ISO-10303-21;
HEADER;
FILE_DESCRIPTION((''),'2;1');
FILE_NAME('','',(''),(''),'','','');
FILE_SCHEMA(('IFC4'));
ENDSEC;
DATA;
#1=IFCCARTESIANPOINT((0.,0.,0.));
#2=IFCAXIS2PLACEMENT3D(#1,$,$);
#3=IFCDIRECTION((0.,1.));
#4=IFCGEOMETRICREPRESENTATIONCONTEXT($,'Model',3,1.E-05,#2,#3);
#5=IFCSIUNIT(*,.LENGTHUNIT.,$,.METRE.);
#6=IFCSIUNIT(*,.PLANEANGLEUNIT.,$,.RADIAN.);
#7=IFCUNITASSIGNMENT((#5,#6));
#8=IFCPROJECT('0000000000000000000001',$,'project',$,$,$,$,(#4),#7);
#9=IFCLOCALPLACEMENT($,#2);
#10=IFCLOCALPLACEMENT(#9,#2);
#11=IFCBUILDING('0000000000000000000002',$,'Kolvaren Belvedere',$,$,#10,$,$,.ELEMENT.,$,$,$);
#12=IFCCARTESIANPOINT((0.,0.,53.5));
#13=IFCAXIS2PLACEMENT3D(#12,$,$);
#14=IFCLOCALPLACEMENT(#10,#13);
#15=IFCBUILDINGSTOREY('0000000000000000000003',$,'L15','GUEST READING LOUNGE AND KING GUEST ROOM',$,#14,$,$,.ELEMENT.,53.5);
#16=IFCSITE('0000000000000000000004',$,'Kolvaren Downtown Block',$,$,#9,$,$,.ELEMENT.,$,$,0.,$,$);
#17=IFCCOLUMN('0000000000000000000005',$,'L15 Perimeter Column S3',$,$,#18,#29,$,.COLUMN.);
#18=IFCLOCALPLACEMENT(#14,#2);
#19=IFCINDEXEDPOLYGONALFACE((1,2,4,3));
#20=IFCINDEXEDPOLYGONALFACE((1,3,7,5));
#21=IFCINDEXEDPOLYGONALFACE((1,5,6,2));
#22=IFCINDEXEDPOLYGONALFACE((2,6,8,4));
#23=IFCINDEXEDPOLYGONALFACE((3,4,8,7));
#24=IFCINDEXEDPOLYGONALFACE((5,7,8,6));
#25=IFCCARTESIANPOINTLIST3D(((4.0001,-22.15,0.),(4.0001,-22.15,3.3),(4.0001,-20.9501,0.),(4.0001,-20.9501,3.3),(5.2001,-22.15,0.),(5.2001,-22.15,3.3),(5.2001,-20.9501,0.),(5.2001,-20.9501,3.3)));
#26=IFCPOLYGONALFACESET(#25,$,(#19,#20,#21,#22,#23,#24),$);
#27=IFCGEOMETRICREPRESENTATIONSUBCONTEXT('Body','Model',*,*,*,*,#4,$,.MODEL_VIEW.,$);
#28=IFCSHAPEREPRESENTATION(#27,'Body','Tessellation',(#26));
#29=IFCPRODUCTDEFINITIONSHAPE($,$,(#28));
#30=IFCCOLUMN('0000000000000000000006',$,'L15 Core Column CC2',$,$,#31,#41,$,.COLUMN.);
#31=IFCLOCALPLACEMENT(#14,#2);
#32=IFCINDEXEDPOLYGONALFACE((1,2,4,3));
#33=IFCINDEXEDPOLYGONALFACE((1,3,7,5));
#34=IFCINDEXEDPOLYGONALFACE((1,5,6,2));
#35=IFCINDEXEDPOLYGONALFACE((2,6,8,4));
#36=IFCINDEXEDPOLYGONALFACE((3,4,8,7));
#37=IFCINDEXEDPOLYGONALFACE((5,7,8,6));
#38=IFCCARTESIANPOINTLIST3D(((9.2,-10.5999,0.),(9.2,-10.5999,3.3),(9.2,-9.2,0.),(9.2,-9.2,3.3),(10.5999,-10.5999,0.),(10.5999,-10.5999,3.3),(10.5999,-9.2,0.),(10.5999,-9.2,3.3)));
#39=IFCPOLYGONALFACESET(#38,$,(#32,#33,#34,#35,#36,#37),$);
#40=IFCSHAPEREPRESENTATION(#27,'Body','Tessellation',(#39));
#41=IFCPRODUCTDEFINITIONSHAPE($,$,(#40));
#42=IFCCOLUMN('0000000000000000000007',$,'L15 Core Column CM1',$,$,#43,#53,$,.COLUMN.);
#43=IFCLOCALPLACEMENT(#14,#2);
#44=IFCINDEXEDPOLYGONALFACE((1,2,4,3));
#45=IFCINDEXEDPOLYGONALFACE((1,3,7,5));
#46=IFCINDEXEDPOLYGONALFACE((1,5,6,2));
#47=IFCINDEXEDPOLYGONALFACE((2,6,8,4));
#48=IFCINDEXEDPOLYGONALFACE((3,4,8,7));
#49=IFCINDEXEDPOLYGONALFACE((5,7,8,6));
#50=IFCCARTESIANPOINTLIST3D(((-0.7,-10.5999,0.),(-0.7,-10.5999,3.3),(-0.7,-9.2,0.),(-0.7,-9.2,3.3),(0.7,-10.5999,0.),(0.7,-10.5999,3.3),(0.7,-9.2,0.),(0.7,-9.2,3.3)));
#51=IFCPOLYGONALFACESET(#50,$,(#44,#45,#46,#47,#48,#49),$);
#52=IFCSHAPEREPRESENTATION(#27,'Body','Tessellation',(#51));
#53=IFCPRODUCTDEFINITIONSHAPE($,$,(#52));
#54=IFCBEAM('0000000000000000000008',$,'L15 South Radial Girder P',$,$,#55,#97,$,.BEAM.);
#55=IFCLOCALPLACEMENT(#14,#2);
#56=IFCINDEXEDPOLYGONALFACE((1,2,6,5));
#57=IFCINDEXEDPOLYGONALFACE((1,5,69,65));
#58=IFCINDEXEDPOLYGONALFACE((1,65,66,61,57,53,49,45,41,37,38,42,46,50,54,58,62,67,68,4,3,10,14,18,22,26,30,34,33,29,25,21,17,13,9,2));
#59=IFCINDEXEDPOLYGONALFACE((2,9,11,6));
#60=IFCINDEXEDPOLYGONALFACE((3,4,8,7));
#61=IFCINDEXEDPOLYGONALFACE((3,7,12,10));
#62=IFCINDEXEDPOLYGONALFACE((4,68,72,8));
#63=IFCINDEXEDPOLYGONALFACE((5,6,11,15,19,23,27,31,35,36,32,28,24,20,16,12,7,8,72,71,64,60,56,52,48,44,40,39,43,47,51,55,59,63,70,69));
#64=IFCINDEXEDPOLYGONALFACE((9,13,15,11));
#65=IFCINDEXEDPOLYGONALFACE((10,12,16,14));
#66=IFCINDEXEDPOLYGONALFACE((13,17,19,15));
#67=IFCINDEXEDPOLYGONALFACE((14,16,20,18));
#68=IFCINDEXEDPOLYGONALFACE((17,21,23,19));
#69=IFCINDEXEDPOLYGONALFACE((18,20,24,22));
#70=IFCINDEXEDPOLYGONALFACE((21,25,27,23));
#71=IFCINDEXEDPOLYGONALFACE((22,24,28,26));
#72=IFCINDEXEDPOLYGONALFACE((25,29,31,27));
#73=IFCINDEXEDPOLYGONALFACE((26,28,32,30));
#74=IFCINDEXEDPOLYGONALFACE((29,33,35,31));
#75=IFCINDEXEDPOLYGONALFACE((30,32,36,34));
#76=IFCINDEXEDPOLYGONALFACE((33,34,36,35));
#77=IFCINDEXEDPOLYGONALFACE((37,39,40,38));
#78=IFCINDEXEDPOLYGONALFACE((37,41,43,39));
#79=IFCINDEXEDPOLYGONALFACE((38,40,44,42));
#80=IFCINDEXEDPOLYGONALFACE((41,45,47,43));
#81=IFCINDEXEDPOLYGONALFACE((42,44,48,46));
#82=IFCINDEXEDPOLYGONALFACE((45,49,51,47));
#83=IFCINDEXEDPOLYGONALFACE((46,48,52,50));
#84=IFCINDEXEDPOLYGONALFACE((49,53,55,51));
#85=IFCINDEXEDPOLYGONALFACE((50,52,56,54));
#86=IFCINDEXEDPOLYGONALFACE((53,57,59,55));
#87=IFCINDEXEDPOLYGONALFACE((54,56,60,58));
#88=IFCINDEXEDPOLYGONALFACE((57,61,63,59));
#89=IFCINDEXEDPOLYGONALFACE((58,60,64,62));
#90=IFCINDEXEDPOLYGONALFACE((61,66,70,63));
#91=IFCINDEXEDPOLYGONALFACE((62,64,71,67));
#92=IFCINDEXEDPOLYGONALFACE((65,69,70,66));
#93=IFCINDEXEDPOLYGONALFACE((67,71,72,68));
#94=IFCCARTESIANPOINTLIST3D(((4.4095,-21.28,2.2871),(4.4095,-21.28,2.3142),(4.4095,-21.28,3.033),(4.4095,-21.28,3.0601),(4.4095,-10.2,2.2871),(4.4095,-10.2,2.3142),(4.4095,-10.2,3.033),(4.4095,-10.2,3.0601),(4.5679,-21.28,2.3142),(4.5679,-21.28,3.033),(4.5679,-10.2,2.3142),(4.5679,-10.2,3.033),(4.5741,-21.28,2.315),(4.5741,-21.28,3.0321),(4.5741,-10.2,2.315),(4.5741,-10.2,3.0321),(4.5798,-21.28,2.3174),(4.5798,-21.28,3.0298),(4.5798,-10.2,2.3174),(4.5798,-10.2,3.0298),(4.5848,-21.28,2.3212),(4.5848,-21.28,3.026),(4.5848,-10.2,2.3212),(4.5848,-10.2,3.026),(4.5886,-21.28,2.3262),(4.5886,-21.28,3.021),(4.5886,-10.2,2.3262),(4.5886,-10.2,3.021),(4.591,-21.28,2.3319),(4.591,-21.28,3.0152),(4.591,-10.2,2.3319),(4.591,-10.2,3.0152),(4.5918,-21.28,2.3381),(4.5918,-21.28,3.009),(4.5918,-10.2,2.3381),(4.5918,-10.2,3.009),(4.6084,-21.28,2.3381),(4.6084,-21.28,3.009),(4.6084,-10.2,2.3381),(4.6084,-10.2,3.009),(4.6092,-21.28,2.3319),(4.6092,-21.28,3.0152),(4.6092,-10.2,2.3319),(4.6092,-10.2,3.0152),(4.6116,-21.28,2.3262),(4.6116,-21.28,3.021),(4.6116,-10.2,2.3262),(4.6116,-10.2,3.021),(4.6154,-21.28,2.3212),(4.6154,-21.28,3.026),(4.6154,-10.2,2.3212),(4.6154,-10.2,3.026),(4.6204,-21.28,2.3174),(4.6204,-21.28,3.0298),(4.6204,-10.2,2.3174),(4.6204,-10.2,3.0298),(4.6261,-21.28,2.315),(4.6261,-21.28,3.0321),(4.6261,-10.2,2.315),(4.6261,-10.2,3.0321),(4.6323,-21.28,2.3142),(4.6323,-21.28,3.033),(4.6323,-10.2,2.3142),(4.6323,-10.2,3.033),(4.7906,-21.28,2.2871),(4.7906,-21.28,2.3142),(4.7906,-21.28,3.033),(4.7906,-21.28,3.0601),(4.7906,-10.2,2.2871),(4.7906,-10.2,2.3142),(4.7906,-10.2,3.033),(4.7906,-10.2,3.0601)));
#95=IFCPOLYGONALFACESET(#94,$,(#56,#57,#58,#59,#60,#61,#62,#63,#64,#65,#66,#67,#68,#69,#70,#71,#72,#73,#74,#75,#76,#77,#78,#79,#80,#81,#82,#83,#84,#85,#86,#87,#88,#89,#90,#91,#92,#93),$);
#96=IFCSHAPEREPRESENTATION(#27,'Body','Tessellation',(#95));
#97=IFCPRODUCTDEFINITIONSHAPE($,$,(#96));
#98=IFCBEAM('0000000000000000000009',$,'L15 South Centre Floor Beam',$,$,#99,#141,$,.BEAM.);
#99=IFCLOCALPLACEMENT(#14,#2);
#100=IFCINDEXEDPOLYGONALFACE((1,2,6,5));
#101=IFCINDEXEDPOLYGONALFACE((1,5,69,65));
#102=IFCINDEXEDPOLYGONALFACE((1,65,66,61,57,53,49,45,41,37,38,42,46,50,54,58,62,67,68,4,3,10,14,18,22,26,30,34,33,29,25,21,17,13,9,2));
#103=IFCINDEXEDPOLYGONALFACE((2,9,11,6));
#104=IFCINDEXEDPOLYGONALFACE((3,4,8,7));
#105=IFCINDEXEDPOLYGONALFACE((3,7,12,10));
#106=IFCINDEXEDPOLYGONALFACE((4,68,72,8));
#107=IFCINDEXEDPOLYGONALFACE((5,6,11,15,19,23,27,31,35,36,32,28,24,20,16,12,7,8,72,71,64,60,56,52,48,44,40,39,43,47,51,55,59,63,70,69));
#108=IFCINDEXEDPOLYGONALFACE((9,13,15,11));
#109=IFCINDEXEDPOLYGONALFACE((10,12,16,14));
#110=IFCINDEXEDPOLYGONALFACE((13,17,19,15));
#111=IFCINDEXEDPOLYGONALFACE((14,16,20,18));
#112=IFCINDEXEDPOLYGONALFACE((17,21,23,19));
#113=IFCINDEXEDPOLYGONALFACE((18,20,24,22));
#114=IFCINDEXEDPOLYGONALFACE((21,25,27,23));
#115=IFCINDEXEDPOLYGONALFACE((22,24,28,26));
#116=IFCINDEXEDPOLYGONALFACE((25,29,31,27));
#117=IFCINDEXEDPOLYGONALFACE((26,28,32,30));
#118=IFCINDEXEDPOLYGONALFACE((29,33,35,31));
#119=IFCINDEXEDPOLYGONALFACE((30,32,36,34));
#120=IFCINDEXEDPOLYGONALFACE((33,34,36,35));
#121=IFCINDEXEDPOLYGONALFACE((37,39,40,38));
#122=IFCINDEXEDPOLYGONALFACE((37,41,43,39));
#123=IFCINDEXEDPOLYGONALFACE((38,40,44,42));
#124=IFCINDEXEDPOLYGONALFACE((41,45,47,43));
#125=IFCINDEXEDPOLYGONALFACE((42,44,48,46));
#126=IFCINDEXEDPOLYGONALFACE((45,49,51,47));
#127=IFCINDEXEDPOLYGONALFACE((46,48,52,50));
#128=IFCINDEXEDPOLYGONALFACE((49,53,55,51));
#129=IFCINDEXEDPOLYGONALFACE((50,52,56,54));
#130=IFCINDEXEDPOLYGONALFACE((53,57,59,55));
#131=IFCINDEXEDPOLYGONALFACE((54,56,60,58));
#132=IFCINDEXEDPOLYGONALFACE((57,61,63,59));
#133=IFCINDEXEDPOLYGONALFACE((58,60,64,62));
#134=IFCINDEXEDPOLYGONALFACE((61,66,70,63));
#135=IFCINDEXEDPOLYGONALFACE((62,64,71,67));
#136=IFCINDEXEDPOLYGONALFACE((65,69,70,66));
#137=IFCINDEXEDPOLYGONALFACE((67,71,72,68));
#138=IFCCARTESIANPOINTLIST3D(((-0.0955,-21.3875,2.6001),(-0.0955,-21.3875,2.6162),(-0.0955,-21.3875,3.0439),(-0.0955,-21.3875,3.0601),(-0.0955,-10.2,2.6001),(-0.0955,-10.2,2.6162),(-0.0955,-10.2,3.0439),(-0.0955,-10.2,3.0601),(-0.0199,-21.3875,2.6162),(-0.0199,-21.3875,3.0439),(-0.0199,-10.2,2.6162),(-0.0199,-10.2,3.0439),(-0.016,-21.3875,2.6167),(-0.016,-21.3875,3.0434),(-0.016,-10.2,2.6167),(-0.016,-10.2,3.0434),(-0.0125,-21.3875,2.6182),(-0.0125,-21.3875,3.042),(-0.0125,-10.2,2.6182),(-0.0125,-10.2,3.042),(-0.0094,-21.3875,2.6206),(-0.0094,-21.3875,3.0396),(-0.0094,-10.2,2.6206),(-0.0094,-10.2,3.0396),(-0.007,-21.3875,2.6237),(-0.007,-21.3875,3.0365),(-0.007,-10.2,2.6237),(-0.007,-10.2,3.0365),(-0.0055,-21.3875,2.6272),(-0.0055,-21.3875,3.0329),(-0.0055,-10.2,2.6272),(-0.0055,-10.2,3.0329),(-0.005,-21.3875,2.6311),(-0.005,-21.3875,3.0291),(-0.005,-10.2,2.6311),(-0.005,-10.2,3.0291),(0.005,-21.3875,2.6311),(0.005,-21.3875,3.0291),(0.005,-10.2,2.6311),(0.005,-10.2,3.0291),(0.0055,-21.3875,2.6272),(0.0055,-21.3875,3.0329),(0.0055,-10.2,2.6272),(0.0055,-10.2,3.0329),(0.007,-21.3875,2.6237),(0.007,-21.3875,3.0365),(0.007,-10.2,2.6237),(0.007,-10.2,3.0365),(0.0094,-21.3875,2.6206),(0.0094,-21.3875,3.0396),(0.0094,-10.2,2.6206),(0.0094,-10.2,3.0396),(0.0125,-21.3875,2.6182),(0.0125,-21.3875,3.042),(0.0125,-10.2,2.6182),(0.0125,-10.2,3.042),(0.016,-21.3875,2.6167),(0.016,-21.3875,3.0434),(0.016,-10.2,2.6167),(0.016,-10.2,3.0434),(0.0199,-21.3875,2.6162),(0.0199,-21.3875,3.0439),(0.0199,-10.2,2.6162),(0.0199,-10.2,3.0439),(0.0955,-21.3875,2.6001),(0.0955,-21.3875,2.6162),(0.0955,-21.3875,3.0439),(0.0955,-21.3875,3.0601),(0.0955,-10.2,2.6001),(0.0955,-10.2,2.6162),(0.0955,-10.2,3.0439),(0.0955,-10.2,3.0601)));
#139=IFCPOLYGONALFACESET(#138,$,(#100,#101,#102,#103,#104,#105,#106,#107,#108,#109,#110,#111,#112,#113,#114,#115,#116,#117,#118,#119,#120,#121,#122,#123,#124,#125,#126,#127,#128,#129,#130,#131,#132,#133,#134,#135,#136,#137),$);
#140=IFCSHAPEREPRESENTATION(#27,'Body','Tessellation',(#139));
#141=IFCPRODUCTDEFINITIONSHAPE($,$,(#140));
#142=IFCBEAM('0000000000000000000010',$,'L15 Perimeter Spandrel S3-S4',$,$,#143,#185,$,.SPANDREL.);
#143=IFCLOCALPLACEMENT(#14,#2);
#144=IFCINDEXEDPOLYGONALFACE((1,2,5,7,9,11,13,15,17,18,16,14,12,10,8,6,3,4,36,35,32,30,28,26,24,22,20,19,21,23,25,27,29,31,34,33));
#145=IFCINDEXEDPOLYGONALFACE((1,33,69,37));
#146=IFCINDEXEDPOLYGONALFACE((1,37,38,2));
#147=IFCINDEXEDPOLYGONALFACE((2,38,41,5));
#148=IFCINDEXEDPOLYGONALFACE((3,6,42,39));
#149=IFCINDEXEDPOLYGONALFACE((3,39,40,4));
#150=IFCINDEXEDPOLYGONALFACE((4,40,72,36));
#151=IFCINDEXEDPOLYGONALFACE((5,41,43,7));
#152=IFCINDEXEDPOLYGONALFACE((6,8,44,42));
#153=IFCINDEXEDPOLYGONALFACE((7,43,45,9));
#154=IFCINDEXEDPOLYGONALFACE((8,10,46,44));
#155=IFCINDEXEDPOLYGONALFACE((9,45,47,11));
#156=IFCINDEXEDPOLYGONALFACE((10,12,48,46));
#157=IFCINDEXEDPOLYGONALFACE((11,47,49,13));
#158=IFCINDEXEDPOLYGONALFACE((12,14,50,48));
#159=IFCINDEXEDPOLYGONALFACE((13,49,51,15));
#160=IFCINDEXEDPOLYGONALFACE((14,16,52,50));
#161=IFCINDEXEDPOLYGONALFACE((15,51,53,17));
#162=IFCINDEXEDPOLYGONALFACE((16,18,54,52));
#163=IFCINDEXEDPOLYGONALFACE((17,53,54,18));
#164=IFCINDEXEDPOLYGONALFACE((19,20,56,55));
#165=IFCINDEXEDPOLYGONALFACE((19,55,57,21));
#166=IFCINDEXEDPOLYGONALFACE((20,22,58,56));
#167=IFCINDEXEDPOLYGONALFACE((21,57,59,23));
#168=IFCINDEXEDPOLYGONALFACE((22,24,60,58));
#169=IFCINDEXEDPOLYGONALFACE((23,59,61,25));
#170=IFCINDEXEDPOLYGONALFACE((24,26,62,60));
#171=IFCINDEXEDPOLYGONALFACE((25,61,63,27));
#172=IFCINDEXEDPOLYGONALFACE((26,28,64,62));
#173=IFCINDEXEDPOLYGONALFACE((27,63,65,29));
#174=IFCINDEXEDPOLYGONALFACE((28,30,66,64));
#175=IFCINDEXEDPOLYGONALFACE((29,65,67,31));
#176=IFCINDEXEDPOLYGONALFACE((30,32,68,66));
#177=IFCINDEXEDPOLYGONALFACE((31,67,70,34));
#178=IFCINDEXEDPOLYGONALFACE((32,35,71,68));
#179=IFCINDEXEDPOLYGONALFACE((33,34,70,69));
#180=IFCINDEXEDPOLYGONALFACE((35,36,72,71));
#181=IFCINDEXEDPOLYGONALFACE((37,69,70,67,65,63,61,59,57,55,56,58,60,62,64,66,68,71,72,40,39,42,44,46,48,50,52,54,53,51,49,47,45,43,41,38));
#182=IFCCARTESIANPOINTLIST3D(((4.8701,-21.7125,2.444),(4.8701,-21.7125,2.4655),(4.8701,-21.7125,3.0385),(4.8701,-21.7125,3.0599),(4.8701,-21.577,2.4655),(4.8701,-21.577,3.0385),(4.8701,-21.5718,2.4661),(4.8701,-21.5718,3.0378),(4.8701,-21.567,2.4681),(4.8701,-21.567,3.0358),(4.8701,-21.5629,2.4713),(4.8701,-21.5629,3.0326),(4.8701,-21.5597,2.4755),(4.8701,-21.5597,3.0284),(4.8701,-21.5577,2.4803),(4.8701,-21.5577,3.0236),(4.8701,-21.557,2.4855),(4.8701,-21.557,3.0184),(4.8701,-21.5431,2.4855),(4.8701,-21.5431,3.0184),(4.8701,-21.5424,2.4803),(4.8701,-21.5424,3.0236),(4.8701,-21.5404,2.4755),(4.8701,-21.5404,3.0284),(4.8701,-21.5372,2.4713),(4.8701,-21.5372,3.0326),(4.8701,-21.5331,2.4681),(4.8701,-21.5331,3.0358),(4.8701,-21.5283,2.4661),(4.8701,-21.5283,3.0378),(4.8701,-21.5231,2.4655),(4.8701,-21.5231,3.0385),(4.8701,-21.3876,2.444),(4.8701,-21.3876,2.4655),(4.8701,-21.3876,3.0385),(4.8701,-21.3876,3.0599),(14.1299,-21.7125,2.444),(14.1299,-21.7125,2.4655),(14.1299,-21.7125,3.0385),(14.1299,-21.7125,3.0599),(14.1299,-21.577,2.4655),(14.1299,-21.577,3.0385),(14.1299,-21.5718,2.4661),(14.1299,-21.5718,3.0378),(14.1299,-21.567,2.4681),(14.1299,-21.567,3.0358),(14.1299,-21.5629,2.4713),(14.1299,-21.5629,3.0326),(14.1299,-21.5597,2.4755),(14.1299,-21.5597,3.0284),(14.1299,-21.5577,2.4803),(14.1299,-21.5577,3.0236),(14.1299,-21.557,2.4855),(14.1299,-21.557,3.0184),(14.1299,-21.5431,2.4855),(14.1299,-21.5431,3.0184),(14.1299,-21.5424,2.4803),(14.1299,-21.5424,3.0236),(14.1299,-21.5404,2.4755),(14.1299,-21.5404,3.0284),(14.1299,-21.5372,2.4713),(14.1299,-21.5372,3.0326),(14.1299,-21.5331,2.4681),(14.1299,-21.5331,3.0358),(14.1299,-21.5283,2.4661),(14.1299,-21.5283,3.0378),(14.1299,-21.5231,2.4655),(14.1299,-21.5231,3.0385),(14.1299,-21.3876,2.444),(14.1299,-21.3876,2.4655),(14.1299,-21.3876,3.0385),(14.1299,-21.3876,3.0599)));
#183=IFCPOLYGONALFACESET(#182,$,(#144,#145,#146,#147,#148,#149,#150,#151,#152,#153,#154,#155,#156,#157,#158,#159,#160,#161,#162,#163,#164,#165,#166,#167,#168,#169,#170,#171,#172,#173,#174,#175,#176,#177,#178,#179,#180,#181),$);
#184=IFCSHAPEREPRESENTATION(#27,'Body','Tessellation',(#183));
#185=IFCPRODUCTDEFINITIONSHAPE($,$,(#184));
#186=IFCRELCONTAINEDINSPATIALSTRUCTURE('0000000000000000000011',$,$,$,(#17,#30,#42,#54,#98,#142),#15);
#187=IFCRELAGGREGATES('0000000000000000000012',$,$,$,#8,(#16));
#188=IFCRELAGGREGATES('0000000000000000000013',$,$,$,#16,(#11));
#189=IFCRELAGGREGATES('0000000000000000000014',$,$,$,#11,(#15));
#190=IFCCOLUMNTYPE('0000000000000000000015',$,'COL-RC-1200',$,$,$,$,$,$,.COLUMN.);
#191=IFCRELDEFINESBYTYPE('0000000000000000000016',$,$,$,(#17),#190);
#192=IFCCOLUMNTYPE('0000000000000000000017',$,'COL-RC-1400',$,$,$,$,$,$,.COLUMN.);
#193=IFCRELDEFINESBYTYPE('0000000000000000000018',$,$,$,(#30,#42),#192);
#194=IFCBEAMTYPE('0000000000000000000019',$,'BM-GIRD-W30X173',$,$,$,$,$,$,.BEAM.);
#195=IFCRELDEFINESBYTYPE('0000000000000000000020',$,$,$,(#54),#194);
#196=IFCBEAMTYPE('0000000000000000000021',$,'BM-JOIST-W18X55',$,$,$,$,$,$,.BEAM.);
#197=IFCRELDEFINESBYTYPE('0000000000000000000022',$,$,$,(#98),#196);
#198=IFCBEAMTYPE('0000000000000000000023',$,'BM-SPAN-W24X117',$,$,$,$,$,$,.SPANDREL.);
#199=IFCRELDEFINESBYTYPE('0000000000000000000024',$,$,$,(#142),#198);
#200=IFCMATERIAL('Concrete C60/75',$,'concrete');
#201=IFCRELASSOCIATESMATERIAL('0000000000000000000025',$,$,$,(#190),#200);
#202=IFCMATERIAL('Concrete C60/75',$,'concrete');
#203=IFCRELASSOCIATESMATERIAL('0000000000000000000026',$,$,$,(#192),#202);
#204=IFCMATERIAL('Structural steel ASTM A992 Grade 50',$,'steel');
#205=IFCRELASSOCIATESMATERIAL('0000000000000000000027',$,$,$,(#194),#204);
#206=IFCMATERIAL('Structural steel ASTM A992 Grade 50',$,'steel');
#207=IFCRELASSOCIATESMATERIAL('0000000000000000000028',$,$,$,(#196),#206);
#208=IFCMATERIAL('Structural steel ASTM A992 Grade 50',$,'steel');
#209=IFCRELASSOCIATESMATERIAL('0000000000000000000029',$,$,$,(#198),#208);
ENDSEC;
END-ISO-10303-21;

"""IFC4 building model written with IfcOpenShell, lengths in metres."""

from ifc_helpers import new_model, si_unit, direction, frame, origin, origin_2d, place, context, subcontext, project, spatial, rectangle, i_section, extrude, material, material_profile, profile_set, type_object, element, save


model = new_model("IFC4")

# Units and contexts
model_context = context("Model", 3, precision=1e-05, world=origin(), true_north=direction((0.0, 1.0)))
body_context = subcontext(model_context, "Body", "Model", "MODEL_VIEW")
ifc_project = project(units=[si_unit("LENGTHUNIT", "METRE"), si_unit("PLANEANGLEUNIT", "RADIAN")], contexts=[model_context])

# Site, building, storey
site_placement = place(None, origin())
site = spatial("IfcSite", under=ifc_project, at=site_placement, Name="Kolvaren Downtown Block", CompositionType="ELEMENT", RefElevation=0.0)
building_placement = place(site_placement, origin())
building = spatial("IfcBuilding", under=site, at=building_placement, Name="Kolvaren Belvedere", CompositionType="ELEMENT")
storey_placement = place(building_placement, frame((0.0, 0.0, 53.5)))
storey = spatial("IfcBuildingStorey", under=building, at=storey_placement, Name="L15", Description="GUEST READING LOUNGE AND KING GUEST ROOM", CompositionType="ELEMENT", Elevation=53.5)

# Columns
ifc_material_1 = material(Name="Concrete C60/75", Category="concrete")
ifc_material_profile_1 = material_profile(ifc_material_1, rectangle(XDim=1.2, YDim=1.2, at=origin_2d()), Name="RC 1200X1200")
ifc_profile_set_1 = profile_set([ifc_material_profile_1], Name="Concrete C60/75")
column_type_1 = type_object("IfcColumnType", Name="COL-RC-1200", PredefinedType="COLUMN", material=ifc_profile_set_1)
column_placement = place(storey_placement, frame((4.6001, -21.55, 0.0), z_axis=(0.0, 0.0, 1.0), x_axis=(1.0, 0.0, 0.0)))
element("IfcColumn", 1, at=column_placement, inside=storey, type_object=column_type_1, Name="L15 Perimeter Column S3", PredefinedType="COLUMN", context=body_context, shape_type="SweptSolid", body=[
    extrude(rectangle(XDim=1.2, YDim=1.2, at=origin_2d()), origin(), (0.0, 0.0, 1.0), 3.3),
])
ifc_material_2 = material(Name="Concrete C60/75", Category="concrete")
ifc_material_profile_2 = material_profile(ifc_material_2, rectangle(XDim=1.3999, YDim=1.3999, at=origin_2d()), Name="RC 1400X1400")
ifc_profile_set_2 = profile_set([ifc_material_profile_2], Name="Concrete C60/75")
column_type_2 = type_object("IfcColumnType", Name="COL-RC-1400", PredefinedType="COLUMN", material=ifc_profile_set_2)
for number, where, z_axis, x_axis, name in (
    (2, (9.8999, -9.8999, 0.0), (0.0, 0.0, 1.0), (1.0, 0.0, 0.0), "L15 Core Column CC2"),
    (3, (0.0, -9.8999, 0.0), (0.0, 0.0, 1.0), (1.0, 0.0, 0.0), "L15 Core Column CM1"),
):
    element("IfcColumn", number, at=place(storey_placement, frame(where, z_axis=z_axis, x_axis=x_axis)), inside=storey, type_object=column_type_2, Name=name, PredefinedType="COLUMN", context=body_context, shape_type="SweptSolid", body=[
        extrude(rectangle(XDim=1.3999, YDim=1.3999, at=origin_2d()), origin(), (0.0, 0.0, 1.0), 3.3),
    ])

# Beams
ifc_material_3 = material(Name="Structural steel ASTM A992 Grade 50", Category="steel")
ifc_material_profile_3 = material_profile(ifc_material_3, i_section(OverallWidth=0.3811, OverallDepth=0.7729, WebThickness=0.0166, FlangeThickness=0.0271, FilletRadius=0.0239, at=origin_2d()), Name="W30X173")
ifc_profile_set_3 = profile_set([ifc_material_profile_3], Name="Structural steel ASTM A992 Grade 50")
beam_type_1 = type_object("IfcBeamType", Name="BM-GIRD-W30X173", PredefinedType="BEAM", material=ifc_profile_set_3)
beam_1_placement = place(storey_placement, frame((4.6001, -10.2, 2.6736), z_axis=(0.0, -1.0, 0.0), x_axis=(1.0, 0.0, 0.0)))
element("IfcBeam", 4, at=beam_1_placement, inside=storey, type_object=beam_type_1, Name="L15 South Radial Girder P", PredefinedType="BEAM", context=body_context, shape_type="SweptSolid", body=[
    extrude(i_section(OverallWidth=0.3811, OverallDepth=0.7729, WebThickness=0.0166, FlangeThickness=0.0271, FilletRadius=0.0239, at=origin_2d()), origin(), (0.0, 0.0, 1.0), 11.0801),
])
ifc_material_4 = material(Name="Structural steel ASTM A992 Grade 50", Category="steel")
ifc_material_profile_4 = material_profile(ifc_material_4, i_section(OverallWidth=0.1909, OverallDepth=0.46, WebThickness=0.01, FlangeThickness=0.0161, FilletRadius=0.0149, at=origin_2d()), Name="W18X55")
ifc_profile_set_4 = profile_set([ifc_material_profile_4], Name="Structural steel ASTM A992 Grade 50")
beam_type_2 = type_object("IfcBeamType", Name="BM-JOIST-W18X55", PredefinedType="BEAM", material=ifc_profile_set_4)
beam_2_placement = place(storey_placement, frame((0.0, -10.2, 2.8301), z_axis=(0.0, -1.0, 0.0), x_axis=(1.0, 0.0, 0.0)))
element("IfcBeam", 5, at=beam_2_placement, inside=storey, type_object=beam_type_2, Name="L15 South Centre Floor Beam", PredefinedType="BEAM", context=body_context, shape_type="SweptSolid", body=[
    extrude(i_section(OverallWidth=0.1909, OverallDepth=0.46, WebThickness=0.01, FlangeThickness=0.0161, FilletRadius=0.0149, at=origin_2d()), origin(), (0.0, 0.0, 1.0), 11.1875),
])
ifc_material_5 = material(Name="Structural steel ASTM A992 Grade 50", Category="steel")
ifc_material_profile_5 = material_profile(ifc_material_5, i_section(OverallWidth=0.325, OverallDepth=0.616, WebThickness=0.0139, FlangeThickness=0.0215, FilletRadius=0.02, at=origin_2d()), Name="W24X117")
ifc_profile_set_5 = profile_set([ifc_material_profile_5], Name="Structural steel ASTM A992 Grade 50")
beam_type_3 = type_object("IfcBeamType", Name="BM-SPAN-W24X117", PredefinedType="SPANDREL", material=ifc_profile_set_5)
beam_3_placement = place(storey_placement, frame((4.8701, -21.55, 2.752), z_axis=(1.0, 0.0, 0.0), x_axis=(0.0, 1.0, 0.0)))
element("IfcBeam", 6, at=beam_3_placement, inside=storey, type_object=beam_type_3, Name="L15 Perimeter Spandrel S3-S4", PredefinedType="SPANDREL", context=body_context, shape_type="SweptSolid", body=[
    extrude(i_section(OverallWidth=0.325, OverallDepth=0.616, WebThickness=0.0139, FlangeThickness=0.0215, FilletRadius=0.02, at=origin_2d()), origin(), (0.0, 0.0, 1.0), 9.2598),
])

save(model, "model.ifc")
